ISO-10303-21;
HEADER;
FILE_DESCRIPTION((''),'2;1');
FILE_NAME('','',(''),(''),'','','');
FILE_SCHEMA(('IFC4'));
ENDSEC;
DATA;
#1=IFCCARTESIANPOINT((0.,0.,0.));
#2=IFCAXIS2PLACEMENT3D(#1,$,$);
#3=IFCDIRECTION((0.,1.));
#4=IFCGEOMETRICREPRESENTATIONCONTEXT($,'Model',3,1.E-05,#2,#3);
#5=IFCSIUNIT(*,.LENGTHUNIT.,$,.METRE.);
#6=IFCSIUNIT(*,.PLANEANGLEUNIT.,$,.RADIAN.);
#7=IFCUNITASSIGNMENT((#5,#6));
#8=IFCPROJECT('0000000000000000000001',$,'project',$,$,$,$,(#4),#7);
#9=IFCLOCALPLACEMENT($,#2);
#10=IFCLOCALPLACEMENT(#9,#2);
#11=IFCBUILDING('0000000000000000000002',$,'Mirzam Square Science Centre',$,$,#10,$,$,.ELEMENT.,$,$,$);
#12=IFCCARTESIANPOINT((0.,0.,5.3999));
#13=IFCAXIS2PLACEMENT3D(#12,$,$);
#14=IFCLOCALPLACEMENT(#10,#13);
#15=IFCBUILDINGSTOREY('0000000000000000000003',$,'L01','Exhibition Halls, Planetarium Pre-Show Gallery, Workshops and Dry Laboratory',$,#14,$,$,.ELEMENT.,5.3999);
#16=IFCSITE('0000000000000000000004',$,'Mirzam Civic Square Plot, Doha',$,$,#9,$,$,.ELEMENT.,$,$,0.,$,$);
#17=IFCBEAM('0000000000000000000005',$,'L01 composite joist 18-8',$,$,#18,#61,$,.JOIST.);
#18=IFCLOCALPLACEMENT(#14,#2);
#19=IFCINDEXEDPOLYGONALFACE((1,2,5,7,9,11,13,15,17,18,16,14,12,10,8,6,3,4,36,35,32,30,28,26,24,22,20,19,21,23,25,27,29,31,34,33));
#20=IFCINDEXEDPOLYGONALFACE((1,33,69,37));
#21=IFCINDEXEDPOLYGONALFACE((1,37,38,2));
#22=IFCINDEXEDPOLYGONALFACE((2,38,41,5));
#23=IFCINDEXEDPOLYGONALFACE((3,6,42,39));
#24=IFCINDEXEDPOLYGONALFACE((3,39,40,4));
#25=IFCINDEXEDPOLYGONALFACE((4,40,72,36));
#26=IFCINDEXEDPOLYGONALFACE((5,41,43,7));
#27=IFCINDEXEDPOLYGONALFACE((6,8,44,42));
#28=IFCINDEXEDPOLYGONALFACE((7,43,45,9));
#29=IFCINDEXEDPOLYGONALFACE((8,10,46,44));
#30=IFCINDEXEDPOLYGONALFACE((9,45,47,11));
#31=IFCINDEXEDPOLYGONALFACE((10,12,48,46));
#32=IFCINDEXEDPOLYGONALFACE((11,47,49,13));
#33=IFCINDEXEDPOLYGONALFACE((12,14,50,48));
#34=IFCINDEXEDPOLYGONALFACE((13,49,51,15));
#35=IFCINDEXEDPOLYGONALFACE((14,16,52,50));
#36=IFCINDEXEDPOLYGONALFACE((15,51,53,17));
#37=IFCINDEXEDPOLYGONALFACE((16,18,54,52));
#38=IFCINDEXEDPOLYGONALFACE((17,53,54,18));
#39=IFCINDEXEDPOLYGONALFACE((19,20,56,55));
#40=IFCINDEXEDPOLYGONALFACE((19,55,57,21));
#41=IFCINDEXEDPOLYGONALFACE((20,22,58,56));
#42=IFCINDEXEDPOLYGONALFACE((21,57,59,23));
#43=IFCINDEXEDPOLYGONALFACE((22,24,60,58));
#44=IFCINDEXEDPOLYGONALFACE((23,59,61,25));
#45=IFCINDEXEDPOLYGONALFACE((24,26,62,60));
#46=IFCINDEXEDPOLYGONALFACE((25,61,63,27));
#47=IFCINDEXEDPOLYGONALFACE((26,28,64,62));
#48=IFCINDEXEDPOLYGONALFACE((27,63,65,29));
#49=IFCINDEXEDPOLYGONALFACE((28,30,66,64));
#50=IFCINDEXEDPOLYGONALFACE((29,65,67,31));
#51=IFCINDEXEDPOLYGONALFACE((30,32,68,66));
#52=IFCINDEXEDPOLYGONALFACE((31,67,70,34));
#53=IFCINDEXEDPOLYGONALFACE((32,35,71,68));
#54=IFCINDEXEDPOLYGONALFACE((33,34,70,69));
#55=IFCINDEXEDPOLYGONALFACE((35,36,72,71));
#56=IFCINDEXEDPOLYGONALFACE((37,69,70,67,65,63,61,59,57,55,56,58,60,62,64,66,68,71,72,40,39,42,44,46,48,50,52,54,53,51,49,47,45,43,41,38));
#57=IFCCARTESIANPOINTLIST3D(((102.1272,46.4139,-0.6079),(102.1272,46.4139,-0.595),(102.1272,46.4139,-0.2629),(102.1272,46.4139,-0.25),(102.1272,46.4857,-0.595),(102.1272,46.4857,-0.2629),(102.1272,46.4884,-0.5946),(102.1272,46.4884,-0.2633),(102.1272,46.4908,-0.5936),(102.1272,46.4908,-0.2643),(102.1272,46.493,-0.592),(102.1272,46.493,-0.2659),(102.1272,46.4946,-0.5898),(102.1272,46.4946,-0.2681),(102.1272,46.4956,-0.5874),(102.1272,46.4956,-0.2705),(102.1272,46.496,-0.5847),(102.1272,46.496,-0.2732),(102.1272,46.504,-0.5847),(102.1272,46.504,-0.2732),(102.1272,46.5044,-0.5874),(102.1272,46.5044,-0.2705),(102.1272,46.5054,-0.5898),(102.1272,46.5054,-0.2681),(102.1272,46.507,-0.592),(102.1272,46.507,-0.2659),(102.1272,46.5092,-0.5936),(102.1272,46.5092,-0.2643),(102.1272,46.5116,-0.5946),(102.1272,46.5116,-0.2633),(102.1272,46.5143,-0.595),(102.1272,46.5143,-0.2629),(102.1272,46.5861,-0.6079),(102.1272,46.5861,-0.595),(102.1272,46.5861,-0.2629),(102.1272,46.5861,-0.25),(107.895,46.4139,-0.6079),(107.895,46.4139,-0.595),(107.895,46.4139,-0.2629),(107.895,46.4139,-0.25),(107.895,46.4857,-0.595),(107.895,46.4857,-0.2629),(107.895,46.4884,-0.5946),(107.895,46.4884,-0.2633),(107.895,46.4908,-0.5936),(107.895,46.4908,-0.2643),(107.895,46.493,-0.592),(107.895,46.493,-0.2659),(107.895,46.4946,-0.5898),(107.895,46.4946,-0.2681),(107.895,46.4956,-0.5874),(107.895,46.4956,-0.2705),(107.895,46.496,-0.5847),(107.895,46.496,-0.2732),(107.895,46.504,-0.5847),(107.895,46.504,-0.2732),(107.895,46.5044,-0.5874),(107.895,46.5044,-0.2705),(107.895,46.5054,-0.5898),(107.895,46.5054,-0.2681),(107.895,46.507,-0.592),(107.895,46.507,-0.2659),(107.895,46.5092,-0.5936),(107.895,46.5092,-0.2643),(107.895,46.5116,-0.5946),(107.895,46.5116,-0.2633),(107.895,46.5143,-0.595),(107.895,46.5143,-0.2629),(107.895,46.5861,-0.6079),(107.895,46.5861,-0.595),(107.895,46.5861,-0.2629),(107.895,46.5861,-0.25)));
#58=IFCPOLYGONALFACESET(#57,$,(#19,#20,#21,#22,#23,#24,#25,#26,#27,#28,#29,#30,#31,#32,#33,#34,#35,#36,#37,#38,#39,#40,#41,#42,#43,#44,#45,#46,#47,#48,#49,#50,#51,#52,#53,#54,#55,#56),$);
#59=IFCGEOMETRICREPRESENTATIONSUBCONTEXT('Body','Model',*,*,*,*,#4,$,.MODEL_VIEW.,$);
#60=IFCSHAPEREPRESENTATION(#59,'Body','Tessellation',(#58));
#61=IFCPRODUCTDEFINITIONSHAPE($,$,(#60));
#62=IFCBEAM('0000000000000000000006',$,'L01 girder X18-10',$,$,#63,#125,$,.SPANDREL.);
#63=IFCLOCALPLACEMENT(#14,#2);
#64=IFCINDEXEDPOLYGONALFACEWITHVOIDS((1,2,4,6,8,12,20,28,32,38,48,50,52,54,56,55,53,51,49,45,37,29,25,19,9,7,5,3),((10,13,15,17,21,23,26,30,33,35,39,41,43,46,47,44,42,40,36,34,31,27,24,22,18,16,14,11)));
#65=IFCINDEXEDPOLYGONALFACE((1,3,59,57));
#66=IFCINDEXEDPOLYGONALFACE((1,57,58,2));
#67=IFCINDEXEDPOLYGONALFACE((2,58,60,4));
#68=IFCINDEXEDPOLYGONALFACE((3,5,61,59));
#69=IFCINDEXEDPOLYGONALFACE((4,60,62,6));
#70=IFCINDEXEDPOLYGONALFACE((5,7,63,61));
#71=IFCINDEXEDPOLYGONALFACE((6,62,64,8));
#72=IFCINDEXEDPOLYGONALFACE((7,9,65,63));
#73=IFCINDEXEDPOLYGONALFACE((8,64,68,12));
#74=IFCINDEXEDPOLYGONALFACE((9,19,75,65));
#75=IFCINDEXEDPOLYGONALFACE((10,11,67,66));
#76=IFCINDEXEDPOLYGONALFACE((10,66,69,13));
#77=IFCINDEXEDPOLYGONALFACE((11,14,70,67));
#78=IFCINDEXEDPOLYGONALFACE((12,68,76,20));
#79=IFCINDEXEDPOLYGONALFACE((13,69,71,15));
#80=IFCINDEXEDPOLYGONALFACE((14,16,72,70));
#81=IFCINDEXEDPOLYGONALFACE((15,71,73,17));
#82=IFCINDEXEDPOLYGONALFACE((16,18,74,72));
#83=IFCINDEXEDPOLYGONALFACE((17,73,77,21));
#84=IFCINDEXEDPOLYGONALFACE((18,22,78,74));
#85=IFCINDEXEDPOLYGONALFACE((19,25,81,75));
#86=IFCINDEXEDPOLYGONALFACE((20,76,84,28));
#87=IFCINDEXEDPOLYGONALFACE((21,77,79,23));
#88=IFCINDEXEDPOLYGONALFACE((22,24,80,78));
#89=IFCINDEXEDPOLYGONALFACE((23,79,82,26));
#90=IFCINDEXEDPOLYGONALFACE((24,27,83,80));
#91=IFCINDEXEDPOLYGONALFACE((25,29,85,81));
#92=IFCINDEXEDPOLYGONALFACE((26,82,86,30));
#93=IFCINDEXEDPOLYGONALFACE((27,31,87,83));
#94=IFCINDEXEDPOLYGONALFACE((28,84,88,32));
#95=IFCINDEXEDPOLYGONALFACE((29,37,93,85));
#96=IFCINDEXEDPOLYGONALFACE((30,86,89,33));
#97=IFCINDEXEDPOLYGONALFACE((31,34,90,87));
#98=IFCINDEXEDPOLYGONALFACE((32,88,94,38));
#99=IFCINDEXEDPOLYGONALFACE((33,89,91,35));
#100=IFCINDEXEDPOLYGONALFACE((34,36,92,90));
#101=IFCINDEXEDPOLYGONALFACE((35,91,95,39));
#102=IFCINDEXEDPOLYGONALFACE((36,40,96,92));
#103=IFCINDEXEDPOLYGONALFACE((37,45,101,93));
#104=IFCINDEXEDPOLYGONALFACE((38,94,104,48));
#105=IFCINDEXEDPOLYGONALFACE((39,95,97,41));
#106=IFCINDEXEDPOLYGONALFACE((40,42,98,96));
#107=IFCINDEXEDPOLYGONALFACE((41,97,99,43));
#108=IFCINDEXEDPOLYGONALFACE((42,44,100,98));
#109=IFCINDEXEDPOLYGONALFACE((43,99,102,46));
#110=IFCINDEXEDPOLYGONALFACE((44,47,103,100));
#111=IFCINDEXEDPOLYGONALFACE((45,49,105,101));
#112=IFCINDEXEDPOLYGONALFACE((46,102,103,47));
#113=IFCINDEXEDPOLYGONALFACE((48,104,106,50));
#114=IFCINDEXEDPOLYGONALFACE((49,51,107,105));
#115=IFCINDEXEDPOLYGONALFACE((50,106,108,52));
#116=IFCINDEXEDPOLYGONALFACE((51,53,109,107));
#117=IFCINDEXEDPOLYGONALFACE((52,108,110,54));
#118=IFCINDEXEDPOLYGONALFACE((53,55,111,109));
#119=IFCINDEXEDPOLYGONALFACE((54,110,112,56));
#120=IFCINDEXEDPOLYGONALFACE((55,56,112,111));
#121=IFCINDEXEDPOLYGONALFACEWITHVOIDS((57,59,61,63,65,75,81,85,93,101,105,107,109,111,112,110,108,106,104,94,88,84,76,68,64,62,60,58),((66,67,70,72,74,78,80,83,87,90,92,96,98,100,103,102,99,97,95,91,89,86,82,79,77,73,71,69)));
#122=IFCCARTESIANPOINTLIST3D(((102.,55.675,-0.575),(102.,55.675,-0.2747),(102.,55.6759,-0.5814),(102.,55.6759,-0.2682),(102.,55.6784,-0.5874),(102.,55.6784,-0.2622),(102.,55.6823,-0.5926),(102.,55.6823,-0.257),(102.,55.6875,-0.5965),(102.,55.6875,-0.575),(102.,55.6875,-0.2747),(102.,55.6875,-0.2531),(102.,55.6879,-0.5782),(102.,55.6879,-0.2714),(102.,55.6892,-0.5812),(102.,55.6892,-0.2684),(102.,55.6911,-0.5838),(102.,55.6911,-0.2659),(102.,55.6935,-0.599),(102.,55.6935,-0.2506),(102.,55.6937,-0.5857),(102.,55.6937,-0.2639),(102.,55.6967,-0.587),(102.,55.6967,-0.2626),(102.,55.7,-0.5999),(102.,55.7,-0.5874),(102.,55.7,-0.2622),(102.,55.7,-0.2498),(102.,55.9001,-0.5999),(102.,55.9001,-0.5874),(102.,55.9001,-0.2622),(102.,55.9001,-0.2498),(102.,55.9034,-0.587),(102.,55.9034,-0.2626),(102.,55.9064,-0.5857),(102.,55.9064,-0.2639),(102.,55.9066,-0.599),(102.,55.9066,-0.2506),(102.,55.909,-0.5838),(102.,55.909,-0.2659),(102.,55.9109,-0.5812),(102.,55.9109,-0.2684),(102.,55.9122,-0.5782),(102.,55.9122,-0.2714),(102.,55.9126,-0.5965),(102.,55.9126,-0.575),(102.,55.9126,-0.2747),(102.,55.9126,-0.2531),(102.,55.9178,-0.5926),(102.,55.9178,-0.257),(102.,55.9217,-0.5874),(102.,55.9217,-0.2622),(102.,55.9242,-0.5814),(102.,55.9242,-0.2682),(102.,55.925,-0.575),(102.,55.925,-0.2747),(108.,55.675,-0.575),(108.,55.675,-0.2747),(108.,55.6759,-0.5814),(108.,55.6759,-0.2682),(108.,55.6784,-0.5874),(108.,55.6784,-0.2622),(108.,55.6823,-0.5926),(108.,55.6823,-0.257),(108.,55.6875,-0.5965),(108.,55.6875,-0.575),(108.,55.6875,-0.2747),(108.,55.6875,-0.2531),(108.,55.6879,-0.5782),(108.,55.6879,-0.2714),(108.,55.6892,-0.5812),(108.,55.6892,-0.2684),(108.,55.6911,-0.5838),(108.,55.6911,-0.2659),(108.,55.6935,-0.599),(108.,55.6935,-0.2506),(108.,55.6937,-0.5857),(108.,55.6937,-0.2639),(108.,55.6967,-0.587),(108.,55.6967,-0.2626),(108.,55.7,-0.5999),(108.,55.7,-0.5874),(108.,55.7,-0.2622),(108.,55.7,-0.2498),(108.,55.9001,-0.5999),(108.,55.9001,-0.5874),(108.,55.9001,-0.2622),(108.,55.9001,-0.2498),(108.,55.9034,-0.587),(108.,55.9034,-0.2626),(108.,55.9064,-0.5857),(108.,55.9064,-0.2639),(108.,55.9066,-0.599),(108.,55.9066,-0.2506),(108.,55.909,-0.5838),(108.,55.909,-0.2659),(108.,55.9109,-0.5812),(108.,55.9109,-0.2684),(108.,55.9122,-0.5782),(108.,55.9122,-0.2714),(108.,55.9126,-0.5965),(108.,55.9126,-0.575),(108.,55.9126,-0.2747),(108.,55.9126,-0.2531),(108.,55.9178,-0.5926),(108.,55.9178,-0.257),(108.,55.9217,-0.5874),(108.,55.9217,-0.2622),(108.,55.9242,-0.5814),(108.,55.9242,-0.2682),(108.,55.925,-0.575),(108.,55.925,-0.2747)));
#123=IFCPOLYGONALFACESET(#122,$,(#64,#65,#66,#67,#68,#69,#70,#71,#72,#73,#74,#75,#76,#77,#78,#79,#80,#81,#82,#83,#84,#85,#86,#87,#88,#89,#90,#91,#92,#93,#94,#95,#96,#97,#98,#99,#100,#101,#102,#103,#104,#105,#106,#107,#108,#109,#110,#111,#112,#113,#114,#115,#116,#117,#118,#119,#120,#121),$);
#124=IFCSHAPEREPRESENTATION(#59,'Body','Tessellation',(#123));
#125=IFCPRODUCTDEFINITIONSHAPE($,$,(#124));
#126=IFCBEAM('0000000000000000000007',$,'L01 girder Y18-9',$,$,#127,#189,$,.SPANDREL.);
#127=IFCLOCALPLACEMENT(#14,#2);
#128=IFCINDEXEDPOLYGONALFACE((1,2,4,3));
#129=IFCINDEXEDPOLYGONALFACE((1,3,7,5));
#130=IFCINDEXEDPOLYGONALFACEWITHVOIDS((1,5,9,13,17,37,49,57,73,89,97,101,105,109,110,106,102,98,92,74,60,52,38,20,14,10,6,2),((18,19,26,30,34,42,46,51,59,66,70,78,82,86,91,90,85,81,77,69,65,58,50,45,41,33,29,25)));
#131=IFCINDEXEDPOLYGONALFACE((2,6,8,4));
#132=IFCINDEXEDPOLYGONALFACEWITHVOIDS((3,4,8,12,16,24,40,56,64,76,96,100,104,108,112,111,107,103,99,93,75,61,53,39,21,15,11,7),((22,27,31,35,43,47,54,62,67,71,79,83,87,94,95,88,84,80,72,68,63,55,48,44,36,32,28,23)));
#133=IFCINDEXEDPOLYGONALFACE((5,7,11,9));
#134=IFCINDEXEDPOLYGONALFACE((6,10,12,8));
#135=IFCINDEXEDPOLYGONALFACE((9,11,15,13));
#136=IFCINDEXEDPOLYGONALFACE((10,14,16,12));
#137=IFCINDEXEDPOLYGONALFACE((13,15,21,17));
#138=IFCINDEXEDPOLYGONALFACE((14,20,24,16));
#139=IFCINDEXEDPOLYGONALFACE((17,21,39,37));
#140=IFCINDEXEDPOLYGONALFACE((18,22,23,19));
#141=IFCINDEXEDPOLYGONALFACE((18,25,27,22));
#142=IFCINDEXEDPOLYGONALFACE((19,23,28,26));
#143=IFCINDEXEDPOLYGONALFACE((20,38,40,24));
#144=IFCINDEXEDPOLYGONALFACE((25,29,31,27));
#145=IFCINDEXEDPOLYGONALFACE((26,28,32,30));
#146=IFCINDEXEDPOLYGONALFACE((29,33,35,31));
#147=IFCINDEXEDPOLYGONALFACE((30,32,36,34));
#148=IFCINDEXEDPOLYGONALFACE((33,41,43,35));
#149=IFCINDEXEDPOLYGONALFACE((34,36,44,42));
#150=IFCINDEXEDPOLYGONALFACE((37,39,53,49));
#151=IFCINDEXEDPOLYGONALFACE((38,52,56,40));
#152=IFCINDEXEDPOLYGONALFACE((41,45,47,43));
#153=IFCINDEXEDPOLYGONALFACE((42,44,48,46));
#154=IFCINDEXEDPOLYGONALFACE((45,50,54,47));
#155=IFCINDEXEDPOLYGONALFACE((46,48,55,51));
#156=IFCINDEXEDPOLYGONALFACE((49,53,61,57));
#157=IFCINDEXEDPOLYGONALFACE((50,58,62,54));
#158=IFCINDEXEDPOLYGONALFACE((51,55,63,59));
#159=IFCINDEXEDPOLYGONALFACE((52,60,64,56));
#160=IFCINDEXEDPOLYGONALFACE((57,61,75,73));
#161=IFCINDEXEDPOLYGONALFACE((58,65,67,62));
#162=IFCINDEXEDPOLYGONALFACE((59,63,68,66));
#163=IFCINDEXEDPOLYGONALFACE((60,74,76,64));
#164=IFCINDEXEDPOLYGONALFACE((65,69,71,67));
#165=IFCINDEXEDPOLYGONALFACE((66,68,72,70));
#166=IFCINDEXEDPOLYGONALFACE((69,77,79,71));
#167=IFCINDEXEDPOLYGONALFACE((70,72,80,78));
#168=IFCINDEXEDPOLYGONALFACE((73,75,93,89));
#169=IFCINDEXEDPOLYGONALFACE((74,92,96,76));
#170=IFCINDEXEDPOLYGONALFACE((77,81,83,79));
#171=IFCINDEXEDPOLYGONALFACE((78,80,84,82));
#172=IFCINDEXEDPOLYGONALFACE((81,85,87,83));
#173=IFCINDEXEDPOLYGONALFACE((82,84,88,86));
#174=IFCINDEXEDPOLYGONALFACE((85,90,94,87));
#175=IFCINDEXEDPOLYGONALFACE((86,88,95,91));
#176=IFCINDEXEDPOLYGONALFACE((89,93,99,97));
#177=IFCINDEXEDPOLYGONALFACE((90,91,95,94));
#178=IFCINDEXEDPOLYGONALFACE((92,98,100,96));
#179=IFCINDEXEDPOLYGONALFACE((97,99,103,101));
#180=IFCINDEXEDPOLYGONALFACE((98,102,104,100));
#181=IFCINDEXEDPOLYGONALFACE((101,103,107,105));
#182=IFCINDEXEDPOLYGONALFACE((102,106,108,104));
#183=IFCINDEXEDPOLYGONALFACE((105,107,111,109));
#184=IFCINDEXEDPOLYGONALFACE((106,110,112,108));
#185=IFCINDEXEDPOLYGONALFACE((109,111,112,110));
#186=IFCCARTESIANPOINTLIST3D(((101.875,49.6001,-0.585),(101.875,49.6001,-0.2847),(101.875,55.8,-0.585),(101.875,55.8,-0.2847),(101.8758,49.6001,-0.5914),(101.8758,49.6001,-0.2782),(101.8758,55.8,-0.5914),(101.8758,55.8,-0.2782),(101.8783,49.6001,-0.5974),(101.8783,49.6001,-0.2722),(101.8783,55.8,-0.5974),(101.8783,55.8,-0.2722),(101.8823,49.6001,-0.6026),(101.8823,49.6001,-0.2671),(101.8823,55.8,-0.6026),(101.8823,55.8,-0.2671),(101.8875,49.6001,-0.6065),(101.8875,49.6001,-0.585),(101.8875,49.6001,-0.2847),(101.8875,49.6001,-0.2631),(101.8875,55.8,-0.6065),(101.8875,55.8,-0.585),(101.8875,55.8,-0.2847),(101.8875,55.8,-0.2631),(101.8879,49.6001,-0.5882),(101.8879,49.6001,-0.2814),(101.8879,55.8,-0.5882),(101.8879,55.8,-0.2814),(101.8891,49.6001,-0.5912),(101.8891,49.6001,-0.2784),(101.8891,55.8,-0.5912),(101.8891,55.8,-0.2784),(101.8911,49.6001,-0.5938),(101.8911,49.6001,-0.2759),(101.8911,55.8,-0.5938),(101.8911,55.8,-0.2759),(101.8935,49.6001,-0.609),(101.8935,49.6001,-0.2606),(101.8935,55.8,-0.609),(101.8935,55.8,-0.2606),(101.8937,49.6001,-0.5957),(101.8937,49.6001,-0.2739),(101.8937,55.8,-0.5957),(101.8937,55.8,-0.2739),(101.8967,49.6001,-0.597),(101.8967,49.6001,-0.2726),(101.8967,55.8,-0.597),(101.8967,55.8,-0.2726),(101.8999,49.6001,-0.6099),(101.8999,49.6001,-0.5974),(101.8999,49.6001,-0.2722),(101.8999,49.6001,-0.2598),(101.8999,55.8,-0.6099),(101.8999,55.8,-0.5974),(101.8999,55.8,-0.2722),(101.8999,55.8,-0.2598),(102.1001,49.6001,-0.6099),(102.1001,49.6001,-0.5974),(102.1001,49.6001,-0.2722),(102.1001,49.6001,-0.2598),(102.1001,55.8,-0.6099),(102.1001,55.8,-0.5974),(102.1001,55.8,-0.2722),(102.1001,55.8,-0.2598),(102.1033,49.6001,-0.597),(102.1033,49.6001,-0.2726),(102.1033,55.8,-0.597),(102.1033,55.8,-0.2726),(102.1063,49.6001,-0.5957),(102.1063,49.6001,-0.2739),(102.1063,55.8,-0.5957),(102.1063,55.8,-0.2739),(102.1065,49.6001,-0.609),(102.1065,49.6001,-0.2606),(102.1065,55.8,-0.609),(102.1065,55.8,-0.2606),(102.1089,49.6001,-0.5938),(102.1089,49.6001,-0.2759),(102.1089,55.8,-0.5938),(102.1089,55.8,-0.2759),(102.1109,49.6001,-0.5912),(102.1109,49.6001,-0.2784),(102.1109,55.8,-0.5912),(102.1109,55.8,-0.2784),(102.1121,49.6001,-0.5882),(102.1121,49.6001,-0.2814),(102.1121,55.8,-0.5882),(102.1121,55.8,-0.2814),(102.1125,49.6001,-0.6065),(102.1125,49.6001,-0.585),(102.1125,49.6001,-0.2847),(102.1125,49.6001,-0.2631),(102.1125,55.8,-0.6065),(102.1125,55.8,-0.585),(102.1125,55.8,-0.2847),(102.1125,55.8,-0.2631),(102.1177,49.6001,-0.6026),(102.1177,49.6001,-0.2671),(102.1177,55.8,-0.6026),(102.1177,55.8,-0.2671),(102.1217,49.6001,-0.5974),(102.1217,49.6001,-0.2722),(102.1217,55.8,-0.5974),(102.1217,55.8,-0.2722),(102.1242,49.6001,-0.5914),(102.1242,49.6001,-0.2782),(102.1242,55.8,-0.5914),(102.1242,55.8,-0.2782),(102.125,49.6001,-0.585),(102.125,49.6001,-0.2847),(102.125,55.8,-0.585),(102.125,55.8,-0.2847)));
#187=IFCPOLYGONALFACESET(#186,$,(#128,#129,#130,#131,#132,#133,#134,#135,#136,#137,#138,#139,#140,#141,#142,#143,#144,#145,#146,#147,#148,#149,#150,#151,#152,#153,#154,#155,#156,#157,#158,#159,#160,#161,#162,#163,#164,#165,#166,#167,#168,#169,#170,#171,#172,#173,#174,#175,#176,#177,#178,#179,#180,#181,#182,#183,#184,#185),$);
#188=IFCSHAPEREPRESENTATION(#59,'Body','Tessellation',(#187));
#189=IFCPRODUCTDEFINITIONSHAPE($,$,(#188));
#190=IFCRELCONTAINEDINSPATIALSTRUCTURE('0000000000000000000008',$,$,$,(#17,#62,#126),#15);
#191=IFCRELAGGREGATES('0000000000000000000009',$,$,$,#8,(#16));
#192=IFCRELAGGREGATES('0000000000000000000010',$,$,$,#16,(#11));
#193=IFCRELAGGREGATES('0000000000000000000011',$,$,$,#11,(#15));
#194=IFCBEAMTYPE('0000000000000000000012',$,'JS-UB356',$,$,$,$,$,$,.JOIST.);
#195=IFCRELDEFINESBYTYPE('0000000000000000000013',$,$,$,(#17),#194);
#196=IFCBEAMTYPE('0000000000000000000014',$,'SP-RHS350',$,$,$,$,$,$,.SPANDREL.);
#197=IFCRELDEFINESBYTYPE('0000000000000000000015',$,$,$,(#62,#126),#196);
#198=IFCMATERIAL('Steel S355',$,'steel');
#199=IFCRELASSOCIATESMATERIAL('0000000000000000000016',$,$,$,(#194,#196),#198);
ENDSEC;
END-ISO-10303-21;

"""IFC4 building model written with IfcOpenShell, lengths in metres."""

from ifc_helpers import new_model, si_unit, direction, frame, origin, origin_2d, place, context, subcontext, project, spatial, hollow_rectangle, i_section, extrude, material, material_profile, profile_set, type_object, element, save


model = new_model("IFC4")

# Units and contexts
model_context = context("Model", 3, precision=1e-05, world=origin(), true_north=direction((0.0, 1.0)))
body_context = subcontext(model_context, "Body", "Model", "MODEL_VIEW")
ifc_project = project(units=[si_unit("LENGTHUNIT", "METRE"), si_unit("PLANEANGLEUNIT", "RADIAN")], contexts=[model_context])

# Site, building, storey
site_placement = place(None, origin())
site = spatial("IfcSite", under=ifc_project, at=site_placement, Name="Mirzam Civic Square Plot, Doha", CompositionType="ELEMENT", RefElevation=0.0)
building_placement = place(site_placement, origin())
building = spatial("IfcBuilding", under=site, at=building_placement, Name="Mirzam Square Science Centre", CompositionType="ELEMENT")
storey_placement = place(building_placement, frame((0.0, 0.0, 5.3999)))
storey = spatial("IfcBuildingStorey", under=building, at=storey_placement, Name="L01", Description="Exhibition Halls, Planetarium Pre-Show Gallery, Workshops and Dry Laboratory", CompositionType="ELEMENT", Elevation=5.3999)

# Shared definitions
ifc_material_1 = material(Name="Steel S355", Category="steel")

# Beams
ifc_material_profile_1 = material_profile(ifc_material_1, i_section(OverallWidth=0.1721, OverallDepth=0.3579, WebThickness=0.0081, FlangeThickness=0.0129, FilletRadius=0.0103, at=origin_2d()), Name="356x171x57UB")
ifc_profile_set_1 = profile_set([ifc_material_profile_1], Name="Steel S355")
beam_type_1 = type_object("IfcBeamType", Name="JS-UB356", PredefinedType="JOIST", material=ifc_profile_set_1)
beam_1_placement = place(storey_placement, frame((102.1272, 46.5, -0.429), z_axis=(1.0, 0.0, 0.0), x_axis=(0.0, 1.0, 0.0)))
element("IfcBeam", 1, at=beam_1_placement, inside=storey, type_object=beam_type_1, Name="L01 composite joist 18-8", PredefinedType="JOIST", context=body_context, shape_type="SweptSolid", body=[
    extrude(i_section(OverallWidth=0.1721, OverallDepth=0.3579, WebThickness=0.0081, FlangeThickness=0.0129, FilletRadius=0.0103, at=origin_2d()), origin(), (0.0, 0.0, 1.0), 5.7678),
])
ifc_material_profile_2 = material_profile(ifc_material_1, hollow_rectangle(XDim=0.25, YDim=0.3501, WallThickness=0.0125, InnerFilletRadius=0.0125, OuterFilletRadius=0.0249, at=origin_2d()), Name="350x250x12.5RHS")
ifc_profile_set_2 = profile_set([ifc_material_profile_2], Name="Steel S355")
beam_type_2 = type_object("IfcBeamType", Name="SP-RHS350", PredefinedType="SPANDREL", material=ifc_profile_set_2)
beam_2_placement = place(storey_placement, frame((102.0, 55.8, -0.4248), z_axis=(1.0, 0.0, 0.0), x_axis=(0.0, 1.0, 0.0)))
element("IfcBeam", 2, at=beam_2_placement, inside=storey, type_object=beam_type_2, Name="L01 girder X18-10", PredefinedType="SPANDREL", context=body_context, shape_type="SweptSolid", body=[
    extrude(hollow_rectangle(XDim=0.25, YDim=0.3501, WallThickness=0.0125, InnerFilletRadius=0.0125, OuterFilletRadius=0.0249, at=origin_2d()), origin(), (0.0, 0.0, 1.0), 6.0),
])
beam_3_placement = place(storey_placement, frame((102.0, 49.6001, -0.4348), z_axis=(0.0, 1.0, 0.0), x_axis=(-1.0, 0.0, 0.0)))
element("IfcBeam", 3, at=beam_3_placement, inside=storey, type_object=beam_type_2, Name="L01 girder Y18-9", PredefinedType="SPANDREL", context=body_context, shape_type="SweptSolid", body=[
    extrude(hollow_rectangle(XDim=0.25, YDim=0.3501, WallThickness=0.0125, InnerFilletRadius=0.0125, OuterFilletRadius=0.0249, at=origin_2d()), origin(), (0.0, 0.0, 1.0), 6.2),
])

save(model, "model.ifc")
